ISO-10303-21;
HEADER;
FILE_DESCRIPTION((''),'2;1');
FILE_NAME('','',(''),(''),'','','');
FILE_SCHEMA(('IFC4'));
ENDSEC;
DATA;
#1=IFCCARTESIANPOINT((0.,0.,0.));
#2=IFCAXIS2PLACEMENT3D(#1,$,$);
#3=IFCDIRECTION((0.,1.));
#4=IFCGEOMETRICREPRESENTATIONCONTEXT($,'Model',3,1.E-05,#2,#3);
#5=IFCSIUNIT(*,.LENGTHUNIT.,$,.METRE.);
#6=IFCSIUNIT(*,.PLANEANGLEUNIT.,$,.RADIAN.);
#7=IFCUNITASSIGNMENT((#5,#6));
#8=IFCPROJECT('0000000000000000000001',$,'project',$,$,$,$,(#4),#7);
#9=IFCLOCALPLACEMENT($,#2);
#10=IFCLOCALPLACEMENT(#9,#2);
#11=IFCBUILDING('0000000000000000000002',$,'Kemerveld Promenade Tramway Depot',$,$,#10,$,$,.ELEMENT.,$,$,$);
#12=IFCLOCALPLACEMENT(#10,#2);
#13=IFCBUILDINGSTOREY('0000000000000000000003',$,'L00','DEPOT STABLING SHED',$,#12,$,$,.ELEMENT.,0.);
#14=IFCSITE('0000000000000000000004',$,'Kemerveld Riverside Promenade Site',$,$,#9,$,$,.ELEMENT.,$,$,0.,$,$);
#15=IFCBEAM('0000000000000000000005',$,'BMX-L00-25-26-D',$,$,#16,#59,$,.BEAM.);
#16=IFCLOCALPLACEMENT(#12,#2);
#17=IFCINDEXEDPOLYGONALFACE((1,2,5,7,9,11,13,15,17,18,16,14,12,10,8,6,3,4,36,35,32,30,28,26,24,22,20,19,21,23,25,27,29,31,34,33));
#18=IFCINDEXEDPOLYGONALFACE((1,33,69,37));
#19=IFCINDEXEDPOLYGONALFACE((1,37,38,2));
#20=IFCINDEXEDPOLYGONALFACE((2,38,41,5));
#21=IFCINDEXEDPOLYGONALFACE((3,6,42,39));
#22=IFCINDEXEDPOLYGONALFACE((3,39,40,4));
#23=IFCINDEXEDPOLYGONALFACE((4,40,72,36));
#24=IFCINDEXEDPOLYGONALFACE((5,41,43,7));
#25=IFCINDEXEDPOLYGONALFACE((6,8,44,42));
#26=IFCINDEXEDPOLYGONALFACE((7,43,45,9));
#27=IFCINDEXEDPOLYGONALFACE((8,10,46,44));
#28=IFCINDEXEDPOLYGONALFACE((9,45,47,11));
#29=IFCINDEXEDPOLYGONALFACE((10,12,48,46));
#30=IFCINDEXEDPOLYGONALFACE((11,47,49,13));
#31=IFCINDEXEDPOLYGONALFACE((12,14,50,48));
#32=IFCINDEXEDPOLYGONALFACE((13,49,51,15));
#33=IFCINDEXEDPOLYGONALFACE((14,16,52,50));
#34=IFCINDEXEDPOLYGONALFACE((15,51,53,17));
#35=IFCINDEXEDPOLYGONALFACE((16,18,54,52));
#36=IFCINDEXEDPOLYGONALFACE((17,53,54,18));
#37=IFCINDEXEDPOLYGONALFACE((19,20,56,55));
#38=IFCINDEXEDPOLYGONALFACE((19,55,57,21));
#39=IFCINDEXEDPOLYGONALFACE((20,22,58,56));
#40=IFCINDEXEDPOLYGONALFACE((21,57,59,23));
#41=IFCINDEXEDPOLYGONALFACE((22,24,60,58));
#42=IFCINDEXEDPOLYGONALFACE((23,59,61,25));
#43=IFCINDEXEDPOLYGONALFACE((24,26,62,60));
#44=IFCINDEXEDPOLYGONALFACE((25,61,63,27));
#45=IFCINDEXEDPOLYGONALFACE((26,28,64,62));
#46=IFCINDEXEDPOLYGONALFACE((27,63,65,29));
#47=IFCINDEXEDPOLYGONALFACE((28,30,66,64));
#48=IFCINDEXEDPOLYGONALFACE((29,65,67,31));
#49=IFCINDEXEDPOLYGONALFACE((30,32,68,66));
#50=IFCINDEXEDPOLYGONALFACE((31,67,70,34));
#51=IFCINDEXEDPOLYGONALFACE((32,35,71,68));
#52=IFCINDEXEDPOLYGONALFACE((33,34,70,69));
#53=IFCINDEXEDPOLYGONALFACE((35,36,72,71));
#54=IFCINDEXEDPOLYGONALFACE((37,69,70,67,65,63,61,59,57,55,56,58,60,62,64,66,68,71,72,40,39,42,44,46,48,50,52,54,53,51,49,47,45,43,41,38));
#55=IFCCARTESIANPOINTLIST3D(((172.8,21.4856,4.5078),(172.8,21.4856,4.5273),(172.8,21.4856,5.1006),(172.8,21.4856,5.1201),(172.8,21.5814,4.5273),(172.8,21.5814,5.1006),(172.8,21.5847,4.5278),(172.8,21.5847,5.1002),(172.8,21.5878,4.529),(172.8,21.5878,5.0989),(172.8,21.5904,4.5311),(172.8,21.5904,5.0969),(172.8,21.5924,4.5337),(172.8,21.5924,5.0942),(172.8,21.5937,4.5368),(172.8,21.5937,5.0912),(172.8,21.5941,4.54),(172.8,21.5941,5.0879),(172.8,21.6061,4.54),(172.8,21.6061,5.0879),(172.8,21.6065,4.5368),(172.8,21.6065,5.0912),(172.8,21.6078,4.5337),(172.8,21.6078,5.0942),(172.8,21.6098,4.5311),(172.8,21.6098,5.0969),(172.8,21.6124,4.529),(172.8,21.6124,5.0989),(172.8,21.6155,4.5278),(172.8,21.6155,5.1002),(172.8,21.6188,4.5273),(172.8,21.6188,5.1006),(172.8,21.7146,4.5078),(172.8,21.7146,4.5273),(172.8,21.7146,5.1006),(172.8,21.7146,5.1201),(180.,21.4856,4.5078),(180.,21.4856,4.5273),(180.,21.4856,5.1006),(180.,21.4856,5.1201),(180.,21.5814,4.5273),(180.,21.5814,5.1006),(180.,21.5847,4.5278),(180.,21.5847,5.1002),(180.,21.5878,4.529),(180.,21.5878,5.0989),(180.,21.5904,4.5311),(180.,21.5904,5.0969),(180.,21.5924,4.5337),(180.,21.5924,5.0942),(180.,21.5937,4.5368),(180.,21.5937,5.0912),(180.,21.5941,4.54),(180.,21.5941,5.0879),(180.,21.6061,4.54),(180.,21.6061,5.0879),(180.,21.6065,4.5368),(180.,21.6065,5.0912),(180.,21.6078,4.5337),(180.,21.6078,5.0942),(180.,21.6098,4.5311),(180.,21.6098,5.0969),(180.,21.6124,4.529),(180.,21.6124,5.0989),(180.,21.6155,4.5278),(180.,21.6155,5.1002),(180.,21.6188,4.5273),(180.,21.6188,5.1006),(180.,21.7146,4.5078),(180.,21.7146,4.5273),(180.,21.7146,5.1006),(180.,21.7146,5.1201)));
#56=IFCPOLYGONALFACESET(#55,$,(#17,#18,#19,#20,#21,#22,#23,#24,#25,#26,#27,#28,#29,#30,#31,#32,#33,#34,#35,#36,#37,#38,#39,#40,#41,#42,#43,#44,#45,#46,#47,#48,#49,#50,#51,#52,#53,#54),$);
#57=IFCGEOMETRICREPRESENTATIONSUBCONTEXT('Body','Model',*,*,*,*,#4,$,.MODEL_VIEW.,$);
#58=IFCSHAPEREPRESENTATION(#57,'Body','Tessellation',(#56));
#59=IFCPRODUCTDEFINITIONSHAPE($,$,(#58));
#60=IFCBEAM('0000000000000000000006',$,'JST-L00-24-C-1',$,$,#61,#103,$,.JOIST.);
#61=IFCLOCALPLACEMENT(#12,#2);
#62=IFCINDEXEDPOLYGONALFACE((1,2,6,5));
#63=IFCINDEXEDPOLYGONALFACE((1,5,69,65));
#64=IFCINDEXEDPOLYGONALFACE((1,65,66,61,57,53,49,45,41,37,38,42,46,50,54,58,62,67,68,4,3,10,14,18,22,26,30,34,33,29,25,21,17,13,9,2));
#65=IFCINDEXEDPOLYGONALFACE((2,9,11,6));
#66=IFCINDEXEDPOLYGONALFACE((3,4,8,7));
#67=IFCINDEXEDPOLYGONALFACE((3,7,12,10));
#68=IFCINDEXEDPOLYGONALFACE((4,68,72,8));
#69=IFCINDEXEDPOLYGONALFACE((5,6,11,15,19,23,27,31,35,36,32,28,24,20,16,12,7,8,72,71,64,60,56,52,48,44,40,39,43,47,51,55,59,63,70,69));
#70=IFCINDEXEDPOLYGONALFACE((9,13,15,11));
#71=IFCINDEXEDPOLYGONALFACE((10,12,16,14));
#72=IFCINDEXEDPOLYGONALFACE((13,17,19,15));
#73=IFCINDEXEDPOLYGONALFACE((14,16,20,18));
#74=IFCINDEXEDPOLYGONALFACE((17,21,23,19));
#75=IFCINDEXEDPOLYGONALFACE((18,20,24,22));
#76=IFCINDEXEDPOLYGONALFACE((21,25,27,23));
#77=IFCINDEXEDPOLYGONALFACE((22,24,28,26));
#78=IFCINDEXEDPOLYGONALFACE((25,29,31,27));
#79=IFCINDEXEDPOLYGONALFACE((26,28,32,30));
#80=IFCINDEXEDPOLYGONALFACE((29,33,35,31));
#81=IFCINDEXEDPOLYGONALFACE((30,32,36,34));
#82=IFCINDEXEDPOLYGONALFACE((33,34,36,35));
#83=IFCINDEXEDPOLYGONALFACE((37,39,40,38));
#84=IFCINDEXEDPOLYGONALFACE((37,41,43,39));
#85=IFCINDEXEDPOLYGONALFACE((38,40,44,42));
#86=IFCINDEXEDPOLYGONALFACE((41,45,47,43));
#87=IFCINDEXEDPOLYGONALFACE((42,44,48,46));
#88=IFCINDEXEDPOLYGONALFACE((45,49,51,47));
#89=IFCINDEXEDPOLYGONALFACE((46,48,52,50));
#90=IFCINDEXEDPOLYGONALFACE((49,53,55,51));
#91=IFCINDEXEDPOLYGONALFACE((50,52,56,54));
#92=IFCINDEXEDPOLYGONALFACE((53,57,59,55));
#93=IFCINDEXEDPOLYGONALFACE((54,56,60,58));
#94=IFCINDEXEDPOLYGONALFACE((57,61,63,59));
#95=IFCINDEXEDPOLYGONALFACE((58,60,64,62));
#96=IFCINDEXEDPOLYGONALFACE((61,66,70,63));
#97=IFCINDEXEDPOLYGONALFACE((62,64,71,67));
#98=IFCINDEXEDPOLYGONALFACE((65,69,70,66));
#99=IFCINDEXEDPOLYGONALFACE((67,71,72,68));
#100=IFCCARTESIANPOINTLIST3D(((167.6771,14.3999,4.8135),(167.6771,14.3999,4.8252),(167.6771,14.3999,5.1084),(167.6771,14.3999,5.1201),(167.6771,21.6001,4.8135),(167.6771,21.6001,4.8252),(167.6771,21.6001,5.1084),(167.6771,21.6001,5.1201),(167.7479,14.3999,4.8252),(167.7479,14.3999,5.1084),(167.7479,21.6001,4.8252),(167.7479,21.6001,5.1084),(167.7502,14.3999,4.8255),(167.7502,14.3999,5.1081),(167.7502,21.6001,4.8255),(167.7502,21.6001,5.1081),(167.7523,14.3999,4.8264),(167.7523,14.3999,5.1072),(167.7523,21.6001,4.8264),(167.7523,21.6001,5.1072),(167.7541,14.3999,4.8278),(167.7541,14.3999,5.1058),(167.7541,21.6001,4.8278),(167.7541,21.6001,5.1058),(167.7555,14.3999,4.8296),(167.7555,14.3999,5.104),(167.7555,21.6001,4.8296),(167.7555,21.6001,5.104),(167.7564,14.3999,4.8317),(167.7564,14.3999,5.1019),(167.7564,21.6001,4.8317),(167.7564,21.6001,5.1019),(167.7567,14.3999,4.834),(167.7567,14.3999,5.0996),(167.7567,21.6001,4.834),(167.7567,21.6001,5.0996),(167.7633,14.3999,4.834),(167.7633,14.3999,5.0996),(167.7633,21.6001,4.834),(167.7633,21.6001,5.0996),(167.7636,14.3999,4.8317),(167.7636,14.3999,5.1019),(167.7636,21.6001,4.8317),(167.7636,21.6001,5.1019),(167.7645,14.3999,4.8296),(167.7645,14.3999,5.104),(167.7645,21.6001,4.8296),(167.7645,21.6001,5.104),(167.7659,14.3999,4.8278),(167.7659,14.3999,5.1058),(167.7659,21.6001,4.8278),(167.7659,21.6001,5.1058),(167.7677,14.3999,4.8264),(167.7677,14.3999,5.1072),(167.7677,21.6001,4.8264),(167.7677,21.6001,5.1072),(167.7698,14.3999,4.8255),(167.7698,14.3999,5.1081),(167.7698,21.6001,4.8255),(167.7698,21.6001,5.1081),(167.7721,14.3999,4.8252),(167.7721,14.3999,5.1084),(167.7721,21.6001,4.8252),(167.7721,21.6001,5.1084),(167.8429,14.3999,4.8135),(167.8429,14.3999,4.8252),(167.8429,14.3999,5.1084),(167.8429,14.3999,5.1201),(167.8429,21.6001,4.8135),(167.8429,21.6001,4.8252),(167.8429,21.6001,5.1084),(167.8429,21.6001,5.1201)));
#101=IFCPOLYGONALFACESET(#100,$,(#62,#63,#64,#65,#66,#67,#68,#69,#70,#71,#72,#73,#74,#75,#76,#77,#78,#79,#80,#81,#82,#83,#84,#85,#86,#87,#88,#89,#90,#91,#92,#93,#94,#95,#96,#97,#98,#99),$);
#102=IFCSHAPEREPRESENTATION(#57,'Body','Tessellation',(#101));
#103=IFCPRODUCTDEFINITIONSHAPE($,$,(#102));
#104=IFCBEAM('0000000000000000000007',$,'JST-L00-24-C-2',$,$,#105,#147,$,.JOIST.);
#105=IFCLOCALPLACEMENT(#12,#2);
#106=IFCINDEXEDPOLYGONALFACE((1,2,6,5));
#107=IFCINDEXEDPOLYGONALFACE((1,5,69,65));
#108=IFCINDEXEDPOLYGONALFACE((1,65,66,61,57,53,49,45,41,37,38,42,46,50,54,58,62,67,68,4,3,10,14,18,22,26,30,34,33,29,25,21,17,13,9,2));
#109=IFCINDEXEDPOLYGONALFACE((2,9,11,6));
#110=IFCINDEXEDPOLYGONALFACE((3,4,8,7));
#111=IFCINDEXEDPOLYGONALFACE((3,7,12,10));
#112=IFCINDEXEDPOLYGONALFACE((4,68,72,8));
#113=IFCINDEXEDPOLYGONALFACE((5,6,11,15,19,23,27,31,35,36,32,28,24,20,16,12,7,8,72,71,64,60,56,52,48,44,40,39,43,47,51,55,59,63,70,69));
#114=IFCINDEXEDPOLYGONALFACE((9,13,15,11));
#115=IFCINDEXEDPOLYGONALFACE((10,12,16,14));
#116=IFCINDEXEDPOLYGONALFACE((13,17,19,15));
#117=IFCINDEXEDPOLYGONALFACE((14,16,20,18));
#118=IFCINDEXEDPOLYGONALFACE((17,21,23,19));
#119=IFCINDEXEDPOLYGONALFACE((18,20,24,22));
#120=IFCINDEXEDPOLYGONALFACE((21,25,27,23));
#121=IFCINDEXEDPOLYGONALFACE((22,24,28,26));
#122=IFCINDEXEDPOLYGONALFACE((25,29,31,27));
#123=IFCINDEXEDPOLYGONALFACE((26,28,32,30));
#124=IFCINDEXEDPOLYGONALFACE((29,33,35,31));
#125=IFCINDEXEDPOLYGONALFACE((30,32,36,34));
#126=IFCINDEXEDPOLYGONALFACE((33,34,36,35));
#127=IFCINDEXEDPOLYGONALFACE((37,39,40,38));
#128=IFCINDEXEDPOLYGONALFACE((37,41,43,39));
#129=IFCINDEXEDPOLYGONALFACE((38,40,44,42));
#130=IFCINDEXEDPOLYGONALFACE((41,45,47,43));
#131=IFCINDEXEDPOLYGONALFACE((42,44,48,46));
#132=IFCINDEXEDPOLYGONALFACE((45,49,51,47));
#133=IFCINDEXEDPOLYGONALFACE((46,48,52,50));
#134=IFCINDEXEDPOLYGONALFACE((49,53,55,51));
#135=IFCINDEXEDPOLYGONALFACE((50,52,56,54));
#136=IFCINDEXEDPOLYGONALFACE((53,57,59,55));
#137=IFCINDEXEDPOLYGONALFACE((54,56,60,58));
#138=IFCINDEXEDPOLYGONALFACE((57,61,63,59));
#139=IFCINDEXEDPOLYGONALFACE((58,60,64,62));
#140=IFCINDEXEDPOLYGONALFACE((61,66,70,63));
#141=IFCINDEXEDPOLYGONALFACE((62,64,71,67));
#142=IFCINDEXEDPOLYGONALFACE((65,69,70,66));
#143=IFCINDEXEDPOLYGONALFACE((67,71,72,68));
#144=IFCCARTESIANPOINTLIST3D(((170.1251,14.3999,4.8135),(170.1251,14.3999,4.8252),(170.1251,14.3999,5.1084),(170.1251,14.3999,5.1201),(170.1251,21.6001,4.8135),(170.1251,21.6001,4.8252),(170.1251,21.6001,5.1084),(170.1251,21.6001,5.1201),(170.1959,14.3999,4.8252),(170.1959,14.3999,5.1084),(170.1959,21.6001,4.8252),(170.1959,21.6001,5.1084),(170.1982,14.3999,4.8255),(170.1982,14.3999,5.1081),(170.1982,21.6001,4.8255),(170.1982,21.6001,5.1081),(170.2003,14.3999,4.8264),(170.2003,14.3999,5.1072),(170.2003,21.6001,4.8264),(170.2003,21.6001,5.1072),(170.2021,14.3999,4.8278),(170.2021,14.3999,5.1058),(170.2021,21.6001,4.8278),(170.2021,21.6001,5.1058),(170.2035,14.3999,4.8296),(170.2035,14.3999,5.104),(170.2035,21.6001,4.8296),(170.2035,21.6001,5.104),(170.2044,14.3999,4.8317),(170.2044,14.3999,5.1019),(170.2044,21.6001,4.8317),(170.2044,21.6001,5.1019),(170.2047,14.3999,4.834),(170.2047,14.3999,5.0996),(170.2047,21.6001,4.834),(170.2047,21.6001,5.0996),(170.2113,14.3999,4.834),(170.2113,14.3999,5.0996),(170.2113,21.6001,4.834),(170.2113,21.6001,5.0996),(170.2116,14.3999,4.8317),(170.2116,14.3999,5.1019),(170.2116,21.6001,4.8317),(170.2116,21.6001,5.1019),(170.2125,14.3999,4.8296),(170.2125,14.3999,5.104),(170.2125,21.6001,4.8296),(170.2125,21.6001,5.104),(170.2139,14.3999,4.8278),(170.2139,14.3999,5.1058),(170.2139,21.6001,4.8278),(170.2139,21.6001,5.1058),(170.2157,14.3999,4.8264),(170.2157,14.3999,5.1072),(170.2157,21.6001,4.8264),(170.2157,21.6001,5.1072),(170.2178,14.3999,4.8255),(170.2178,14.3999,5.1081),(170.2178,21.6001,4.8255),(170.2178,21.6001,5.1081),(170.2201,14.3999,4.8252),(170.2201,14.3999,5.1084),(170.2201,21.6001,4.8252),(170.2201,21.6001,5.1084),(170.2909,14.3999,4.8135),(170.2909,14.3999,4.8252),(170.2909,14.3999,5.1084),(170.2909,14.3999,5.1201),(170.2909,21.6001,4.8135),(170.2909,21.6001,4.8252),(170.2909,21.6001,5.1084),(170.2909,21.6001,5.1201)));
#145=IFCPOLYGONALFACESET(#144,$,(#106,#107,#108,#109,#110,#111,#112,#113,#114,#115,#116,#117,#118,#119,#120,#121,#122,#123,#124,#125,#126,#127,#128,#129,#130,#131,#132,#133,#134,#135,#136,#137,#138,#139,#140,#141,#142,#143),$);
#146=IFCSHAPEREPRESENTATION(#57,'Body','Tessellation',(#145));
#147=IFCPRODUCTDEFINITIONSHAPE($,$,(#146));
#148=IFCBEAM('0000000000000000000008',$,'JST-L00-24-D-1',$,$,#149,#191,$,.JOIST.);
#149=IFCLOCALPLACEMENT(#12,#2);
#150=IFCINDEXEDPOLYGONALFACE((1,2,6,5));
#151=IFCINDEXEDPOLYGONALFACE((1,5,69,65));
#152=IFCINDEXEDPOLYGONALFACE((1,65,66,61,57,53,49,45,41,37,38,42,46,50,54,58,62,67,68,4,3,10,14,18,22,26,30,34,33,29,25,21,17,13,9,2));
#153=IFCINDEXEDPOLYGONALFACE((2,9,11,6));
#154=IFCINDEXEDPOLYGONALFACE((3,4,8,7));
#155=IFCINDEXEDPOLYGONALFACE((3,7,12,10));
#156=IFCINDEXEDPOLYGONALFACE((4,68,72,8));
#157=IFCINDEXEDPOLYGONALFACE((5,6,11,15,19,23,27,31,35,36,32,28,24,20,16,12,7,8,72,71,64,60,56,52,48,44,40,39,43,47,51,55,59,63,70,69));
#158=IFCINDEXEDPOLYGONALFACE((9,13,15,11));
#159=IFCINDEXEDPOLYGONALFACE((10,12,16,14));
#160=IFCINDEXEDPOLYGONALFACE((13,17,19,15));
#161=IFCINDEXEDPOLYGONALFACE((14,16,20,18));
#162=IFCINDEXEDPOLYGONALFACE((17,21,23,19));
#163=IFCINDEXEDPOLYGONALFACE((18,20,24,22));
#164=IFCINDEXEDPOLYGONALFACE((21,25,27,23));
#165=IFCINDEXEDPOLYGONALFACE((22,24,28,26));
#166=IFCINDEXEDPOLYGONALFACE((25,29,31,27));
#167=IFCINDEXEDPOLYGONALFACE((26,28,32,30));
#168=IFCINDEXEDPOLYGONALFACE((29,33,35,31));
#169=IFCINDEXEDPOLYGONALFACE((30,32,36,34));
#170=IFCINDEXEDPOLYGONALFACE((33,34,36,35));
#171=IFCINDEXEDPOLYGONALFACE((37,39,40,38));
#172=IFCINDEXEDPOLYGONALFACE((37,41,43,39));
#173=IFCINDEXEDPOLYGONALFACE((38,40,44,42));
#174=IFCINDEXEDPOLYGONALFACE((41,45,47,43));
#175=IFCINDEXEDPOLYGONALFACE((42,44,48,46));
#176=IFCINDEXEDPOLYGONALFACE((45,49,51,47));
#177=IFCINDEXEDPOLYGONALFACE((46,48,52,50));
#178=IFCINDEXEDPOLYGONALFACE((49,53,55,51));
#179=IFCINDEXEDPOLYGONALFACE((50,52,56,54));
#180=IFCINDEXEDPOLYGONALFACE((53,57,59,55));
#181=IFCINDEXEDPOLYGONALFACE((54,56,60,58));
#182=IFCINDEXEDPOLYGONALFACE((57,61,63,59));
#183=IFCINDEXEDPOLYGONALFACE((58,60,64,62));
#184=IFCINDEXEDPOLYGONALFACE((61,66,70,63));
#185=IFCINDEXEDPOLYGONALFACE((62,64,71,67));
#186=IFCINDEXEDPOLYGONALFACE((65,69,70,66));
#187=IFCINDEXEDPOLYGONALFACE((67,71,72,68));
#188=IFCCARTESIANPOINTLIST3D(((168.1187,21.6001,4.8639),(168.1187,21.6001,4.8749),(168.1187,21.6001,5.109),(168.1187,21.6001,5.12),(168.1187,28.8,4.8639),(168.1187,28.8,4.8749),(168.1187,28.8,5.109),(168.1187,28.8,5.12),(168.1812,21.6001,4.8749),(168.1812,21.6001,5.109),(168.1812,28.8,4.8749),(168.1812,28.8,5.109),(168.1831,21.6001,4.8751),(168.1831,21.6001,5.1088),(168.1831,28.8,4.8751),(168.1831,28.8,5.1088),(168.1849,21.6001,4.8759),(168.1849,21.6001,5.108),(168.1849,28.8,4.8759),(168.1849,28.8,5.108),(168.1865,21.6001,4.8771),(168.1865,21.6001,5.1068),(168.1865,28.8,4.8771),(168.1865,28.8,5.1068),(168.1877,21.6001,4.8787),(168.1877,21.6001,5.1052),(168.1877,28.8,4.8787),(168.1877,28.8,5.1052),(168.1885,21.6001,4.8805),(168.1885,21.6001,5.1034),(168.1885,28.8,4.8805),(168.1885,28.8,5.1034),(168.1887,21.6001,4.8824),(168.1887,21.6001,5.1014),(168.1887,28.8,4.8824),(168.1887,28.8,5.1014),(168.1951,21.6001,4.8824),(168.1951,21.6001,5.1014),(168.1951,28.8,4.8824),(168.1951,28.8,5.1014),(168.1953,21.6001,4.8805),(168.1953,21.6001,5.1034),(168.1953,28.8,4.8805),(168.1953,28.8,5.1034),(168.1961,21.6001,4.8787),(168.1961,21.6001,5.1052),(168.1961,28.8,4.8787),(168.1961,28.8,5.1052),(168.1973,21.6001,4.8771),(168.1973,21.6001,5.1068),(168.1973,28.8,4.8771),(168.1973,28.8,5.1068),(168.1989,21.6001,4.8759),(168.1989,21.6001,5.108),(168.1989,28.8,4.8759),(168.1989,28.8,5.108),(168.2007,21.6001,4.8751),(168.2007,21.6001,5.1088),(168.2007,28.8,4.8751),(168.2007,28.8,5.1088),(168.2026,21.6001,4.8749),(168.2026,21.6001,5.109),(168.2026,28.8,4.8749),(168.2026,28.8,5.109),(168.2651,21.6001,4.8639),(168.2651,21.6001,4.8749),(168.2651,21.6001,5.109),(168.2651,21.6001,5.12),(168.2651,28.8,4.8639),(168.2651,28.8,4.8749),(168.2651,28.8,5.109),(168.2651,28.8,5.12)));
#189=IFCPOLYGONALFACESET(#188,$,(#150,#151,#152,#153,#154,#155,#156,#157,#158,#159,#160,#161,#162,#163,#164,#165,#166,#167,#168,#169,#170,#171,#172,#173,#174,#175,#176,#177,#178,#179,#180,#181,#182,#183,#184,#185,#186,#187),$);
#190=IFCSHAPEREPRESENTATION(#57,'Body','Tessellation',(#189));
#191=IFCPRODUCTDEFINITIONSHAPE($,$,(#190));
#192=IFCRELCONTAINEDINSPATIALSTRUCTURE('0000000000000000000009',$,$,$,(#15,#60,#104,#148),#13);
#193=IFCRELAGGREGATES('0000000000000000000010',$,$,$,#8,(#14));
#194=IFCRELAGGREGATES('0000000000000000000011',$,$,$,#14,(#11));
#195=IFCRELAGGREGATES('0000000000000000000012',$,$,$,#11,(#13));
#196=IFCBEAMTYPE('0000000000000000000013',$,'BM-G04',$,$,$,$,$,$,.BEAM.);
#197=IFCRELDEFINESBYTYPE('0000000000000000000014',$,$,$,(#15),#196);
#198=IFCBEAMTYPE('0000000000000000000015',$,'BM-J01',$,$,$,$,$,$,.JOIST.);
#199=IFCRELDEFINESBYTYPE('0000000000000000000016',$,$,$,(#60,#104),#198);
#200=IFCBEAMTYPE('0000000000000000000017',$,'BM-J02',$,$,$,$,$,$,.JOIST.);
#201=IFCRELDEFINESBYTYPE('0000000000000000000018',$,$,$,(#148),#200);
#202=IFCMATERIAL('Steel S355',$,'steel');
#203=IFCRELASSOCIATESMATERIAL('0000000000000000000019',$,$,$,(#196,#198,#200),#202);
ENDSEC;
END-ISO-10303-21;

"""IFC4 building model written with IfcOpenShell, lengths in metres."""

from ifc_helpers import new_model, si_unit, direction, frame, origin, origin_2d, place, context, subcontext, project, spatial, i_section, extrude, material, material_profile, profile_set, type_object, element, save


model = new_model("IFC4")

# Units and contexts
model_context = context("Model", 3, precision=1e-05, world=origin(), true_north=direction((0.0, 1.0)))
body_context = subcontext(model_context, "Body", "Model", "MODEL_VIEW")
ifc_project = project(units=[si_unit("LENGTHUNIT", "METRE"), si_unit("PLANEANGLEUNIT", "RADIAN")], contexts=[model_context])

# Site, building, storey
site_placement = place(None, origin())
site = spatial("IfcSite", under=ifc_project, at=site_placement, Name="Kemerveld Riverside Promenade Site", CompositionType="ELEMENT", RefElevation=0.0)
building_placement = place(site_placement, origin())
building = spatial("IfcBuilding", under=site, at=building_placement, Name="Kemerveld Promenade Tramway Depot", CompositionType="ELEMENT")
storey_placement = place(building_placement, origin())
storey = spatial("IfcBuildingStorey", under=building, at=storey_placement, Name="L00", Description="DEPOT STABLING SHED", CompositionType="ELEMENT", Elevation=0.0)

# Shared definitions
ifc_material_1 = material(Name="Steel S355", Category="steel")

# Beams
ifc_material_profile_1 = material_profile(ifc_material_1, i_section(OverallWidth=0.229, OverallDepth=0.6123, WebThickness=0.012, FlangeThickness=0.0195, FilletRadius=0.0127, at=origin_2d()), Name="610x229x125 UB")
ifc_profile_set_1 = profile_set([ifc_material_profile_1], Name="Steel S355")
beam_type_1 = type_object("IfcBeamType", Name="BM-G04", PredefinedType="BEAM", material=ifc_profile_set_1)
for number, where, z_axis, x_axis, name in (
    (1, (172.8, 21.6001, 4.814), (1.0, 0.0, 0.0), (0.0, 1.0, 0.0), "BMX-L00-25-26-D"),
):
    element("IfcBeam", number, at=place(storey_placement, frame(where, z_axis=z_axis, x_axis=x_axis)), inside=storey, type_object=beam_type_1, Name=name, PredefinedType="BEAM", context=body_context, shape_type="SweptSolid", body=[
        extrude(i_section(OverallWidth=0.229, OverallDepth=0.6123, WebThickness=0.012, FlangeThickness=0.0195, FilletRadius=0.0127, at=origin_2d()), origin(), (0.0, 0.0, 1.0), 7.2),
    ])
ifc_material_profile_2 = material_profile(ifc_material_1, i_section(OverallWidth=0.1658, OverallDepth=0.3066, WebThickness=0.0066, FlangeThickness=0.0117, FilletRadius=0.0088, at=origin_2d()), Name="305x165x46 UB")
ifc_profile_set_2 = profile_set([ifc_material_profile_2], Name="Steel S355")
beam_type_2 = type_object("IfcBeamType", Name="BM-J01", PredefinedType="JOIST", material=ifc_profile_set_2)
for number, where, z_axis, x_axis, name in (
    (2, (167.76, 14.3999, 4.9668), (0.0, 1.0, 0.0), (-1.0, 0.0, 0.0), "JST-L00-24-C-1"),
    (3, (170.208, 14.3999, 4.9668), (0.0, 1.0, 0.0), (-1.0, 0.0, 0.0), "JST-L00-24-C-2"),
):
    element("IfcBeam", number, at=place(storey_placement, frame(where, z_axis=z_axis, x_axis=x_axis)), inside=storey, type_object=beam_type_2, Name=name, PredefinedType="JOIST", context=body_context, shape_type="SweptSolid", body=[
        extrude(i_section(OverallWidth=0.1658, OverallDepth=0.3066, WebThickness=0.0066, FlangeThickness=0.0117, FilletRadius=0.0088, at=origin_2d()), origin(), (0.0, 0.0, 1.0), 7.2002),
    ])
ifc_material_profile_3 = material_profile(ifc_material_1, i_section(OverallWidth=0.1465, OverallDepth=0.2561, WebThickness=0.0063, FlangeThickness=0.011, FilletRadius=0.0076, at=origin_2d()), Name="254x146x37 UB")
ifc_profile_set_3 = profile_set([ifc_material_profile_3], Name="Steel S355")
beam_type_3 = type_object("IfcBeamType", Name="BM-J02", PredefinedType="JOIST", material=ifc_profile_set_3)
for number, where, z_axis, x_axis, name in (
    (4, (168.1919, 21.6001, 4.9919), (0.0, 1.0, 0.0), (-1.0, 0.0, 0.0), "JST-L00-24-D-1"),
):
    element("IfcBeam", number, at=place(storey_placement, frame(where, z_axis=z_axis, x_axis=x_axis)), inside=storey, type_object=beam_type_3, Name=name, PredefinedType="JOIST", context=body_context, shape_type="SweptSolid", body=[
        extrude(i_section(OverallWidth=0.1465, OverallDepth=0.2561, WebThickness=0.0063, FlangeThickness=0.011, FilletRadius=0.0076, at=origin_2d()), origin(), (0.0, 0.0, 1.0), 7.2),
    ])

save(model, "model.ifc")
